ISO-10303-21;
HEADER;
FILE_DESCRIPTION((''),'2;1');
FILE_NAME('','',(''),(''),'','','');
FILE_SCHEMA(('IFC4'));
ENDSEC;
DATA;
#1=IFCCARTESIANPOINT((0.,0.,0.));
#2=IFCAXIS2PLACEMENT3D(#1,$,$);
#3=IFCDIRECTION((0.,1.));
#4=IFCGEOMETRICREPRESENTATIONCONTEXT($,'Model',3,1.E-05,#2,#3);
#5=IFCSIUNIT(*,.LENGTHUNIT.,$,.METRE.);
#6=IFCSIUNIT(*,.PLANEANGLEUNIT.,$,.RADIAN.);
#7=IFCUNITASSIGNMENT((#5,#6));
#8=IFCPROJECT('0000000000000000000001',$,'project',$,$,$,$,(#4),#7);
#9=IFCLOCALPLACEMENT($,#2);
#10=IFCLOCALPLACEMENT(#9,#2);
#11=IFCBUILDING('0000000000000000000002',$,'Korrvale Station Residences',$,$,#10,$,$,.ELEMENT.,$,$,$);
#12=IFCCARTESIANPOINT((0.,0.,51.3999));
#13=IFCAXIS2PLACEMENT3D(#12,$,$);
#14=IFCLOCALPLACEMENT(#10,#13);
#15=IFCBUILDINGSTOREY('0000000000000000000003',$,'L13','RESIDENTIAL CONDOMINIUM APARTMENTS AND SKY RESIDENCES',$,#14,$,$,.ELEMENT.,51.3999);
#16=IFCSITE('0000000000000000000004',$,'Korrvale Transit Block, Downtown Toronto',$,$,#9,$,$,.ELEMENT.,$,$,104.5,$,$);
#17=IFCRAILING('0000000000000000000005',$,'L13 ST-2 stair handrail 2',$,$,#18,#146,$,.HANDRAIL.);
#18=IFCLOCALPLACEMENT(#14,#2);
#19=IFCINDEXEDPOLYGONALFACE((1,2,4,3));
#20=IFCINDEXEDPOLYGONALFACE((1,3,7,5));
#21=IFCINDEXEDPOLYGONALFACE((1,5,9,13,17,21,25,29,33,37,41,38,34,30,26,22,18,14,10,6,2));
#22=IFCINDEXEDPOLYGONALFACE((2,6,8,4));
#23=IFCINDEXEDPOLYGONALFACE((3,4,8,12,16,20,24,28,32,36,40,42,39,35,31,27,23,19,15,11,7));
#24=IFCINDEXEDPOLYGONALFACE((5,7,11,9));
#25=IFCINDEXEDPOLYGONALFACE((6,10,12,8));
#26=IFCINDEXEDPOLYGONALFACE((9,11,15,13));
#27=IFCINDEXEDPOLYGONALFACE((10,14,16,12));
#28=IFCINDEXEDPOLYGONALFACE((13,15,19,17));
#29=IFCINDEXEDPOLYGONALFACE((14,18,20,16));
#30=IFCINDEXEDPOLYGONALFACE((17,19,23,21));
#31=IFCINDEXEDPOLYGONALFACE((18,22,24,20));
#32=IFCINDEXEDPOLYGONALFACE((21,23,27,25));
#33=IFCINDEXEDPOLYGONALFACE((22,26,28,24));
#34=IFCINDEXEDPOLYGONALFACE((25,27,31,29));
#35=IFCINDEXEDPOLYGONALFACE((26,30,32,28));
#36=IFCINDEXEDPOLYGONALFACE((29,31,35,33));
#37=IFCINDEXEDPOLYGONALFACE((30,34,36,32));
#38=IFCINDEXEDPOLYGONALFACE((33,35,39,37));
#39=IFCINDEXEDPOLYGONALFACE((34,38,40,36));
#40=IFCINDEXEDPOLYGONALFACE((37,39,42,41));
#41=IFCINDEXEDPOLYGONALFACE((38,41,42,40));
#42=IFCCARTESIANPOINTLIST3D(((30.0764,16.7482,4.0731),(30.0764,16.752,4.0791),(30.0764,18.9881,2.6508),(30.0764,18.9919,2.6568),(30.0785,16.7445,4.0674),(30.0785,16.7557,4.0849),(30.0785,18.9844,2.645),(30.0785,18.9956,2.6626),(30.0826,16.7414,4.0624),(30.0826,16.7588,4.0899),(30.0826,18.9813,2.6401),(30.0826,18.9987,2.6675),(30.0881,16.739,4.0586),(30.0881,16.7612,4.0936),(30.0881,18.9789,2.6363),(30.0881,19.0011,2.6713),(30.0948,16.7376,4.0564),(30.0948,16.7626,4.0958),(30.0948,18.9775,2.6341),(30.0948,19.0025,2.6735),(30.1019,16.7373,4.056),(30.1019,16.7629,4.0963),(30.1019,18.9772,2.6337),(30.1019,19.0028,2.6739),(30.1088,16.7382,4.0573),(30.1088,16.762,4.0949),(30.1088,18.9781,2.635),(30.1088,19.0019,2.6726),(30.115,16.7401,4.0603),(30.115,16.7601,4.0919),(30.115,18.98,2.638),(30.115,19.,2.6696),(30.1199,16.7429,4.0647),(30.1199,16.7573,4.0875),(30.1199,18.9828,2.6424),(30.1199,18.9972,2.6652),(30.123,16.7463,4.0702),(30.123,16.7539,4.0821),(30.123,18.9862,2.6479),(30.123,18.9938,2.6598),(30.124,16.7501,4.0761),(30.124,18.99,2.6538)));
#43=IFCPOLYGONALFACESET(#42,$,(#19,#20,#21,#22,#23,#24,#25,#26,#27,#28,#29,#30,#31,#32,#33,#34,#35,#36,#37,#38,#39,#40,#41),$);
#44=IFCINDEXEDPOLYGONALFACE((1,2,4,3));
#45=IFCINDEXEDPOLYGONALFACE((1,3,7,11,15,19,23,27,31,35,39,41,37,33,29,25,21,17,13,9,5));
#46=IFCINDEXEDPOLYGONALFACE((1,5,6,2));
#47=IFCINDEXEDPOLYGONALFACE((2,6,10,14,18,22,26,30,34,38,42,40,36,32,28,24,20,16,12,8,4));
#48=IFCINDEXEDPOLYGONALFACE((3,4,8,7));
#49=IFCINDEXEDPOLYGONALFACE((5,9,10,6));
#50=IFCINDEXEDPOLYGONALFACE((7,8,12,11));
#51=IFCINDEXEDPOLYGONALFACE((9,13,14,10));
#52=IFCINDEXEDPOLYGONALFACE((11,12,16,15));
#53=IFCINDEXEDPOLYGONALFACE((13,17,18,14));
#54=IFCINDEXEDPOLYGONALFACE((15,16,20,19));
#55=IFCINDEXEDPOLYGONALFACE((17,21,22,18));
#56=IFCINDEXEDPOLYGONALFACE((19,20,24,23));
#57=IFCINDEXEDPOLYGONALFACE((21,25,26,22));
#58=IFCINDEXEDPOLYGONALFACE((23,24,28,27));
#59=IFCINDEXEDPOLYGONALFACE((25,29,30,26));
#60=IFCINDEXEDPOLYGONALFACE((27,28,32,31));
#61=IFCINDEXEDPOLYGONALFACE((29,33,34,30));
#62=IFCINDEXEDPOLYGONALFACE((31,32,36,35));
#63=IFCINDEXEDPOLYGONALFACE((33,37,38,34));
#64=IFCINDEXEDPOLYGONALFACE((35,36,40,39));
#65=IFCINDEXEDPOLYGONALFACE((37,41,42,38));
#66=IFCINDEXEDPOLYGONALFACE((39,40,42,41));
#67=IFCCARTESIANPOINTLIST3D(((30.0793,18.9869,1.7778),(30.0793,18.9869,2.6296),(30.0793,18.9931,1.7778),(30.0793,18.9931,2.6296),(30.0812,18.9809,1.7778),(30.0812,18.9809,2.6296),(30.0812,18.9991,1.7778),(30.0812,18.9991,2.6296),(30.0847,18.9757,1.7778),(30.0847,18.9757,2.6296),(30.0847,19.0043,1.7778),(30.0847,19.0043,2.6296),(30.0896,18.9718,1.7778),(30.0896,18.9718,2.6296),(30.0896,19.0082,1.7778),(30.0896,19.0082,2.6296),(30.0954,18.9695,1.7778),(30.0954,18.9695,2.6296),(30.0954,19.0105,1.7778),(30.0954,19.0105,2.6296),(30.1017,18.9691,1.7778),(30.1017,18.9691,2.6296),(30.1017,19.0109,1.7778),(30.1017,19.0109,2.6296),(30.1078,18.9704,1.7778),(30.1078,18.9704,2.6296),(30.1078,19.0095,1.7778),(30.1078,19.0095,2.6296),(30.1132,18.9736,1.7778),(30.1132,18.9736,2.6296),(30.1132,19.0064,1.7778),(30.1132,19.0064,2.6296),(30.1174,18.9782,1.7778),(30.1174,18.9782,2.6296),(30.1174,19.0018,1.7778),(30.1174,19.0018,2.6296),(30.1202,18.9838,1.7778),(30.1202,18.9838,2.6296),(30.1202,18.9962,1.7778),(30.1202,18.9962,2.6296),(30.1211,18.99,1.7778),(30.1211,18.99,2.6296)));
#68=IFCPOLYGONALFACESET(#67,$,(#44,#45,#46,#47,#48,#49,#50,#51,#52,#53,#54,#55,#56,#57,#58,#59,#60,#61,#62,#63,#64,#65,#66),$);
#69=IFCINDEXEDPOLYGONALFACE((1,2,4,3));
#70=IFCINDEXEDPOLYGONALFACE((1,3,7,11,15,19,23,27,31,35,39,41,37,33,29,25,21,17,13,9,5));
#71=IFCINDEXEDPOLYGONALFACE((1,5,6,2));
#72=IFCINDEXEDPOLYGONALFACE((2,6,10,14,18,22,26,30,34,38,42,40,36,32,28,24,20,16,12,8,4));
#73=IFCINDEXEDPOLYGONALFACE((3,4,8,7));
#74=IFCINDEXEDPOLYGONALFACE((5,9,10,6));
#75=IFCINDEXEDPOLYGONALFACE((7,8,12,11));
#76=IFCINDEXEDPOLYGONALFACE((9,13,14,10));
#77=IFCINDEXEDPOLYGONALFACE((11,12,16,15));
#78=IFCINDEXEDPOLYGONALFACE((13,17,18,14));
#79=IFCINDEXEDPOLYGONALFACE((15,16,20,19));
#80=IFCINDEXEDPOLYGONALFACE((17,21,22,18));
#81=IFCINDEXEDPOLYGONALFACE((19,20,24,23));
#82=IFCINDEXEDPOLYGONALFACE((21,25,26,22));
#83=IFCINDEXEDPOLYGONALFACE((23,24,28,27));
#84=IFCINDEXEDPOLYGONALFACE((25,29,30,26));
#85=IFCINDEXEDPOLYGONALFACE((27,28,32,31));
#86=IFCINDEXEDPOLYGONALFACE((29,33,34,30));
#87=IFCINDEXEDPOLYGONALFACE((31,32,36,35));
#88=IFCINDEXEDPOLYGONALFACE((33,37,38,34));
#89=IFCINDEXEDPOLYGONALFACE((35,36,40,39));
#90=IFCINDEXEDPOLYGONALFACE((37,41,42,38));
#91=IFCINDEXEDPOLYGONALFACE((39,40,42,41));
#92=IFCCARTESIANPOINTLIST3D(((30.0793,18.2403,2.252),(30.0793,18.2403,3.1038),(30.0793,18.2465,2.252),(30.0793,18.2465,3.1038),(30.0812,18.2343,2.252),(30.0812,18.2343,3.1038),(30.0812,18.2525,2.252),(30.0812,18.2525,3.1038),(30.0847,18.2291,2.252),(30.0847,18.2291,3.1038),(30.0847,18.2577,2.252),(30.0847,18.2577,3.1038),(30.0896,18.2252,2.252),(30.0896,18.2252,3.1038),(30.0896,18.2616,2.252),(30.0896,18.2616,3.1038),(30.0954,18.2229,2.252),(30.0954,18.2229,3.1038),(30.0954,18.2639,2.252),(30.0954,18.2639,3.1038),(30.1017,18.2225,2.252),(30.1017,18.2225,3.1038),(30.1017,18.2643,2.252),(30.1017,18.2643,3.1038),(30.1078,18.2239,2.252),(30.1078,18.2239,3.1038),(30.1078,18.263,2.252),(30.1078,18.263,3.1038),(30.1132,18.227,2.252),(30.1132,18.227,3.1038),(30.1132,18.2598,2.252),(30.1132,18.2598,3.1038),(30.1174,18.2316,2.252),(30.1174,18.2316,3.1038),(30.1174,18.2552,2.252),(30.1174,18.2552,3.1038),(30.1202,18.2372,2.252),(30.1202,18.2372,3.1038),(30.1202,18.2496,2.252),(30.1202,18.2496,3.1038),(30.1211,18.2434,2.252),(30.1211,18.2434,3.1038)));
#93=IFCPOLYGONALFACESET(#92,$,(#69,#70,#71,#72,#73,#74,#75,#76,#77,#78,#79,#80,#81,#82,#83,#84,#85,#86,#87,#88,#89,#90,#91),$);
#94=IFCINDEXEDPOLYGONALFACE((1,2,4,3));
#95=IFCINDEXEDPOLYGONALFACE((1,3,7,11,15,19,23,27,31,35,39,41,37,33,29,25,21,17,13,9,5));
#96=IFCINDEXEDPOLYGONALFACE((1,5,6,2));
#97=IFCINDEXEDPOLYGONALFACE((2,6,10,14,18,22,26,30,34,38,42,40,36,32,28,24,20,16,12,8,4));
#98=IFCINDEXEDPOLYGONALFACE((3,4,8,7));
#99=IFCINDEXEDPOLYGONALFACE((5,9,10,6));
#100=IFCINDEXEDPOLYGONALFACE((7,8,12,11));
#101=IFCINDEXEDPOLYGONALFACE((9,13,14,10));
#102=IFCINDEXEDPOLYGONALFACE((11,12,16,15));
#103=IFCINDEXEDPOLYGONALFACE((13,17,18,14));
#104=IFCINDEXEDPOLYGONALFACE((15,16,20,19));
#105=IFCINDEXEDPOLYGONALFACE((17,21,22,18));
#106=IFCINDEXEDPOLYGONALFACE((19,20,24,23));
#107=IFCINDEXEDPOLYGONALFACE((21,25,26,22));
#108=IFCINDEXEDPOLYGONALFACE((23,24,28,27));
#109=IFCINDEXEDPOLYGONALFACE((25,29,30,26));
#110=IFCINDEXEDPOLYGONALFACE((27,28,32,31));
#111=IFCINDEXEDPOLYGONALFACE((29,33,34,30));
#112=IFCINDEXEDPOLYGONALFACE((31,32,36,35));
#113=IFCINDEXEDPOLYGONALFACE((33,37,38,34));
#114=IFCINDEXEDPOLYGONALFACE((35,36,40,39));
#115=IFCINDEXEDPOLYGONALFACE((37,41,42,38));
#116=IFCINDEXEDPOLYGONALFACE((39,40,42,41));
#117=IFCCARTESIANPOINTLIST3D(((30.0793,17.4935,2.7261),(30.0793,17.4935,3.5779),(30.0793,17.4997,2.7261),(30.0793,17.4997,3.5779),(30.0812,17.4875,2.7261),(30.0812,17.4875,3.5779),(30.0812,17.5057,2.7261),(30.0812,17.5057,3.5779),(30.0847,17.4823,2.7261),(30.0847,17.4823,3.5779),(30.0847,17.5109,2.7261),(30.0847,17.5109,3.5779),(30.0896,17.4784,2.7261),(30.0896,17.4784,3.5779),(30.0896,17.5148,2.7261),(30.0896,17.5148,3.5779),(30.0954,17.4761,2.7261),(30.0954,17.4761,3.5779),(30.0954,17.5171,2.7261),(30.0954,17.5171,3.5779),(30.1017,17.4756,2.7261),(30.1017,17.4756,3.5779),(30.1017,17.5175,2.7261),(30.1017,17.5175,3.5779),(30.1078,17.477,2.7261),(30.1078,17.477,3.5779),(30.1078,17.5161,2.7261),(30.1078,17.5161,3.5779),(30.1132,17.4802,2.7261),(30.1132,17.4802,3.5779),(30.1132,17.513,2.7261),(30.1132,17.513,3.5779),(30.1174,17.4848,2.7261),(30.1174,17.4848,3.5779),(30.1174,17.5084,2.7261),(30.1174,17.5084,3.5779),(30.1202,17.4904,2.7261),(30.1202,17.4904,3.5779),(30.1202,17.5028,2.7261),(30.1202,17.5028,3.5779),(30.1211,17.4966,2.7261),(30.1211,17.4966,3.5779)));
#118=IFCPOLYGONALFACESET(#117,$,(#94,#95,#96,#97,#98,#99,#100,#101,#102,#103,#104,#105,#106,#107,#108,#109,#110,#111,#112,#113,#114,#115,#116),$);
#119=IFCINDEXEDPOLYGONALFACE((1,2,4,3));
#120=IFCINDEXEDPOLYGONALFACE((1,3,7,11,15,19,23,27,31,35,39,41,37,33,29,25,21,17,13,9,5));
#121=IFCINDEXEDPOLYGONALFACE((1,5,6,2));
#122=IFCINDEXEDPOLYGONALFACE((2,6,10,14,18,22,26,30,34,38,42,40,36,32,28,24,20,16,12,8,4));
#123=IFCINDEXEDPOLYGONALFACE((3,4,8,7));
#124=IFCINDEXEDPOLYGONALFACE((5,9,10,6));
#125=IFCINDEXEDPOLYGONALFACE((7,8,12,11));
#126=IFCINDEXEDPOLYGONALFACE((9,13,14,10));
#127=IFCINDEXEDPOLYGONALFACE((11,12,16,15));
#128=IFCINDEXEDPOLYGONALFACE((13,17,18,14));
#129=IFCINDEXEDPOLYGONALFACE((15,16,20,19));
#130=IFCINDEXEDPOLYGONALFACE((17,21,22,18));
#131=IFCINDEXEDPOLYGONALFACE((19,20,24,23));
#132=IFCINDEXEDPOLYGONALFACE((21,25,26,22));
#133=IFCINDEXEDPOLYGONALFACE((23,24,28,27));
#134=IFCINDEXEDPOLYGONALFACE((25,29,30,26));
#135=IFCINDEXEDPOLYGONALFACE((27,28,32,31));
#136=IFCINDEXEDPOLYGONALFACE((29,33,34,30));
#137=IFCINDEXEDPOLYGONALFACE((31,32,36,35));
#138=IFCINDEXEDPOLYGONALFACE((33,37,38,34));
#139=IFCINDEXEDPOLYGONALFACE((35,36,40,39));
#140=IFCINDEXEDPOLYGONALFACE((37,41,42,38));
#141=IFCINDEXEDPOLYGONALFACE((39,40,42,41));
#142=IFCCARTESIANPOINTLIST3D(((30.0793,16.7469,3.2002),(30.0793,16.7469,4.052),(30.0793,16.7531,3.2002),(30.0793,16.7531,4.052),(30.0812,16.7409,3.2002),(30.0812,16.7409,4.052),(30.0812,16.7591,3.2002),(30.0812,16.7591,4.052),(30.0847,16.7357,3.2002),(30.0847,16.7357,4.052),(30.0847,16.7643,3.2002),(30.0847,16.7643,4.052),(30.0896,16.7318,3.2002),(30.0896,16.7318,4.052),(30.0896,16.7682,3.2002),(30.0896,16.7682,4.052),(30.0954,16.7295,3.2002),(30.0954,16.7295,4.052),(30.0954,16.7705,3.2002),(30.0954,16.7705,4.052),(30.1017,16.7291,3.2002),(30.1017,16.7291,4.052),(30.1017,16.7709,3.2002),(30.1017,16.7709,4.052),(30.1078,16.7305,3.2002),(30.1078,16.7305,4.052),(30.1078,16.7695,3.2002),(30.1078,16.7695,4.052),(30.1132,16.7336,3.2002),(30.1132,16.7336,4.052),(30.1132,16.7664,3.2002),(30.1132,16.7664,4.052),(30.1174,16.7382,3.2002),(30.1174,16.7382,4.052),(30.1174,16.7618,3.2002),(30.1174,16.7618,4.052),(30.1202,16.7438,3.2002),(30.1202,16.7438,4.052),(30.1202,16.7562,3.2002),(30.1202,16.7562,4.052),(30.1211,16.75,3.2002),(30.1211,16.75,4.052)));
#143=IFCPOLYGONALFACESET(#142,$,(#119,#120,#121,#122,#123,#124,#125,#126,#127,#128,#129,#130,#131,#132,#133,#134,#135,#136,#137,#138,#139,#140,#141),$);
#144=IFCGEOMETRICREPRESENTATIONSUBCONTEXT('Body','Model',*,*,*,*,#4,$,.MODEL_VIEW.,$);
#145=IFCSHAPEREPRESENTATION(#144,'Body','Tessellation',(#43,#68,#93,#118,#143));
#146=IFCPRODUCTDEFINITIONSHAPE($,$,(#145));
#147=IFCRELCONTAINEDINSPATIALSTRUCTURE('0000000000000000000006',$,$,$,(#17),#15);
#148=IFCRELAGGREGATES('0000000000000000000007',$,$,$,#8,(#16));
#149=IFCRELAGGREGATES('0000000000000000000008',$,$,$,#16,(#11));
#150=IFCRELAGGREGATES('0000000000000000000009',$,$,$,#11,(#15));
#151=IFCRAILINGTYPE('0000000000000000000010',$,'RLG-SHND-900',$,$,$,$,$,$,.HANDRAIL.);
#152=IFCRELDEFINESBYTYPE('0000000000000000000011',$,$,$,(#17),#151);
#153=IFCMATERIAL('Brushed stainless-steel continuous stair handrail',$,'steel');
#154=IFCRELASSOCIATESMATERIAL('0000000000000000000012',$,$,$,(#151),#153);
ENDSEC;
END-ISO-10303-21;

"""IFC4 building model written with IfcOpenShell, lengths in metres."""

from ifc_helpers import new_model, si_unit, direction, frame, origin, origin_2d, place, context, subcontext, project, spatial, circle, extrude, material, type_object, element, save


model = new_model("IFC4")

# Units and contexts
model_context = context("Model", 3, precision=1e-05, world=origin(), true_north=direction((0.0, 1.0)))
body_context = subcontext(model_context, "Body", "Model", "MODEL_VIEW")
ifc_project = project(units=[si_unit("LENGTHUNIT", "METRE"), si_unit("PLANEANGLEUNIT", "RADIAN")], contexts=[model_context])

# Site, building, storey
site_placement = place(None, origin())
site = spatial("IfcSite", under=ifc_project, at=site_placement, Name="Korrvale Transit Block, Downtown Toronto", CompositionType="ELEMENT", RefElevation=104.5)
building_placement = place(site_placement, origin())
building = spatial("IfcBuilding", under=site, at=building_placement, Name="Korrvale Station Residences", CompositionType="ELEMENT")
storey_placement = place(building_placement, frame((0.0, 0.0, 51.3999)))
storey = spatial("IfcBuildingStorey", under=building, at=storey_placement, Name="L13", Description="RESIDENTIAL CONDOMINIUM APARTMENTS AND SKY RESIDENCES", CompositionType="ELEMENT", Elevation=51.3999)

# Railing
ifc_material_1 = material(Name="Brushed stainless-steel continuous stair handrail", Category="steel")
railing_type_1 = type_object("IfcRailingType", Name="RLG-SHND-900", PredefinedType="HANDRAIL", material=ifc_material_1)
railing_1_placement = place(storey_placement, frame((30.1001, 18.99, 1.7778)))
element("IfcRailing", 1, at=railing_1_placement, inside=storey, type_object=railing_type_1, Name="L13 ST-2 stair handrail 2", PredefinedType="HANDRAIL", context=body_context, shape_type="SweptSolid", body=[
    extrude(circle(Radius=0.0239, at=origin_2d()), frame((0.0, 0.0, 0.876), z_axis=(0.0, -0.844188, 0.536048), x_axis=(1.0, 0.0, 0.0)), (0.0, 0.0, 1.0), 2.6533),
    extrude(circle(Radius=0.021, at=origin_2d()), origin(), (0.0, 0.0, 1.0), 0.8518),
    extrude(circle(Radius=0.021, at=origin_2d()), frame((0.0, -0.7466, 0.4741)), (0.0, 0.0, 1.0), 0.8518),
    extrude(circle(Radius=0.021, at=origin_2d()), frame((0.0, -1.4934, 0.9482)), (0.0, 0.0, 1.0), 0.8518),
    extrude(circle(Radius=0.021, at=origin_2d()), frame((0.0, -2.24, 1.4224)), (0.0, 0.0, 1.0), 0.8518),
])

save(model, "model.ifc")
